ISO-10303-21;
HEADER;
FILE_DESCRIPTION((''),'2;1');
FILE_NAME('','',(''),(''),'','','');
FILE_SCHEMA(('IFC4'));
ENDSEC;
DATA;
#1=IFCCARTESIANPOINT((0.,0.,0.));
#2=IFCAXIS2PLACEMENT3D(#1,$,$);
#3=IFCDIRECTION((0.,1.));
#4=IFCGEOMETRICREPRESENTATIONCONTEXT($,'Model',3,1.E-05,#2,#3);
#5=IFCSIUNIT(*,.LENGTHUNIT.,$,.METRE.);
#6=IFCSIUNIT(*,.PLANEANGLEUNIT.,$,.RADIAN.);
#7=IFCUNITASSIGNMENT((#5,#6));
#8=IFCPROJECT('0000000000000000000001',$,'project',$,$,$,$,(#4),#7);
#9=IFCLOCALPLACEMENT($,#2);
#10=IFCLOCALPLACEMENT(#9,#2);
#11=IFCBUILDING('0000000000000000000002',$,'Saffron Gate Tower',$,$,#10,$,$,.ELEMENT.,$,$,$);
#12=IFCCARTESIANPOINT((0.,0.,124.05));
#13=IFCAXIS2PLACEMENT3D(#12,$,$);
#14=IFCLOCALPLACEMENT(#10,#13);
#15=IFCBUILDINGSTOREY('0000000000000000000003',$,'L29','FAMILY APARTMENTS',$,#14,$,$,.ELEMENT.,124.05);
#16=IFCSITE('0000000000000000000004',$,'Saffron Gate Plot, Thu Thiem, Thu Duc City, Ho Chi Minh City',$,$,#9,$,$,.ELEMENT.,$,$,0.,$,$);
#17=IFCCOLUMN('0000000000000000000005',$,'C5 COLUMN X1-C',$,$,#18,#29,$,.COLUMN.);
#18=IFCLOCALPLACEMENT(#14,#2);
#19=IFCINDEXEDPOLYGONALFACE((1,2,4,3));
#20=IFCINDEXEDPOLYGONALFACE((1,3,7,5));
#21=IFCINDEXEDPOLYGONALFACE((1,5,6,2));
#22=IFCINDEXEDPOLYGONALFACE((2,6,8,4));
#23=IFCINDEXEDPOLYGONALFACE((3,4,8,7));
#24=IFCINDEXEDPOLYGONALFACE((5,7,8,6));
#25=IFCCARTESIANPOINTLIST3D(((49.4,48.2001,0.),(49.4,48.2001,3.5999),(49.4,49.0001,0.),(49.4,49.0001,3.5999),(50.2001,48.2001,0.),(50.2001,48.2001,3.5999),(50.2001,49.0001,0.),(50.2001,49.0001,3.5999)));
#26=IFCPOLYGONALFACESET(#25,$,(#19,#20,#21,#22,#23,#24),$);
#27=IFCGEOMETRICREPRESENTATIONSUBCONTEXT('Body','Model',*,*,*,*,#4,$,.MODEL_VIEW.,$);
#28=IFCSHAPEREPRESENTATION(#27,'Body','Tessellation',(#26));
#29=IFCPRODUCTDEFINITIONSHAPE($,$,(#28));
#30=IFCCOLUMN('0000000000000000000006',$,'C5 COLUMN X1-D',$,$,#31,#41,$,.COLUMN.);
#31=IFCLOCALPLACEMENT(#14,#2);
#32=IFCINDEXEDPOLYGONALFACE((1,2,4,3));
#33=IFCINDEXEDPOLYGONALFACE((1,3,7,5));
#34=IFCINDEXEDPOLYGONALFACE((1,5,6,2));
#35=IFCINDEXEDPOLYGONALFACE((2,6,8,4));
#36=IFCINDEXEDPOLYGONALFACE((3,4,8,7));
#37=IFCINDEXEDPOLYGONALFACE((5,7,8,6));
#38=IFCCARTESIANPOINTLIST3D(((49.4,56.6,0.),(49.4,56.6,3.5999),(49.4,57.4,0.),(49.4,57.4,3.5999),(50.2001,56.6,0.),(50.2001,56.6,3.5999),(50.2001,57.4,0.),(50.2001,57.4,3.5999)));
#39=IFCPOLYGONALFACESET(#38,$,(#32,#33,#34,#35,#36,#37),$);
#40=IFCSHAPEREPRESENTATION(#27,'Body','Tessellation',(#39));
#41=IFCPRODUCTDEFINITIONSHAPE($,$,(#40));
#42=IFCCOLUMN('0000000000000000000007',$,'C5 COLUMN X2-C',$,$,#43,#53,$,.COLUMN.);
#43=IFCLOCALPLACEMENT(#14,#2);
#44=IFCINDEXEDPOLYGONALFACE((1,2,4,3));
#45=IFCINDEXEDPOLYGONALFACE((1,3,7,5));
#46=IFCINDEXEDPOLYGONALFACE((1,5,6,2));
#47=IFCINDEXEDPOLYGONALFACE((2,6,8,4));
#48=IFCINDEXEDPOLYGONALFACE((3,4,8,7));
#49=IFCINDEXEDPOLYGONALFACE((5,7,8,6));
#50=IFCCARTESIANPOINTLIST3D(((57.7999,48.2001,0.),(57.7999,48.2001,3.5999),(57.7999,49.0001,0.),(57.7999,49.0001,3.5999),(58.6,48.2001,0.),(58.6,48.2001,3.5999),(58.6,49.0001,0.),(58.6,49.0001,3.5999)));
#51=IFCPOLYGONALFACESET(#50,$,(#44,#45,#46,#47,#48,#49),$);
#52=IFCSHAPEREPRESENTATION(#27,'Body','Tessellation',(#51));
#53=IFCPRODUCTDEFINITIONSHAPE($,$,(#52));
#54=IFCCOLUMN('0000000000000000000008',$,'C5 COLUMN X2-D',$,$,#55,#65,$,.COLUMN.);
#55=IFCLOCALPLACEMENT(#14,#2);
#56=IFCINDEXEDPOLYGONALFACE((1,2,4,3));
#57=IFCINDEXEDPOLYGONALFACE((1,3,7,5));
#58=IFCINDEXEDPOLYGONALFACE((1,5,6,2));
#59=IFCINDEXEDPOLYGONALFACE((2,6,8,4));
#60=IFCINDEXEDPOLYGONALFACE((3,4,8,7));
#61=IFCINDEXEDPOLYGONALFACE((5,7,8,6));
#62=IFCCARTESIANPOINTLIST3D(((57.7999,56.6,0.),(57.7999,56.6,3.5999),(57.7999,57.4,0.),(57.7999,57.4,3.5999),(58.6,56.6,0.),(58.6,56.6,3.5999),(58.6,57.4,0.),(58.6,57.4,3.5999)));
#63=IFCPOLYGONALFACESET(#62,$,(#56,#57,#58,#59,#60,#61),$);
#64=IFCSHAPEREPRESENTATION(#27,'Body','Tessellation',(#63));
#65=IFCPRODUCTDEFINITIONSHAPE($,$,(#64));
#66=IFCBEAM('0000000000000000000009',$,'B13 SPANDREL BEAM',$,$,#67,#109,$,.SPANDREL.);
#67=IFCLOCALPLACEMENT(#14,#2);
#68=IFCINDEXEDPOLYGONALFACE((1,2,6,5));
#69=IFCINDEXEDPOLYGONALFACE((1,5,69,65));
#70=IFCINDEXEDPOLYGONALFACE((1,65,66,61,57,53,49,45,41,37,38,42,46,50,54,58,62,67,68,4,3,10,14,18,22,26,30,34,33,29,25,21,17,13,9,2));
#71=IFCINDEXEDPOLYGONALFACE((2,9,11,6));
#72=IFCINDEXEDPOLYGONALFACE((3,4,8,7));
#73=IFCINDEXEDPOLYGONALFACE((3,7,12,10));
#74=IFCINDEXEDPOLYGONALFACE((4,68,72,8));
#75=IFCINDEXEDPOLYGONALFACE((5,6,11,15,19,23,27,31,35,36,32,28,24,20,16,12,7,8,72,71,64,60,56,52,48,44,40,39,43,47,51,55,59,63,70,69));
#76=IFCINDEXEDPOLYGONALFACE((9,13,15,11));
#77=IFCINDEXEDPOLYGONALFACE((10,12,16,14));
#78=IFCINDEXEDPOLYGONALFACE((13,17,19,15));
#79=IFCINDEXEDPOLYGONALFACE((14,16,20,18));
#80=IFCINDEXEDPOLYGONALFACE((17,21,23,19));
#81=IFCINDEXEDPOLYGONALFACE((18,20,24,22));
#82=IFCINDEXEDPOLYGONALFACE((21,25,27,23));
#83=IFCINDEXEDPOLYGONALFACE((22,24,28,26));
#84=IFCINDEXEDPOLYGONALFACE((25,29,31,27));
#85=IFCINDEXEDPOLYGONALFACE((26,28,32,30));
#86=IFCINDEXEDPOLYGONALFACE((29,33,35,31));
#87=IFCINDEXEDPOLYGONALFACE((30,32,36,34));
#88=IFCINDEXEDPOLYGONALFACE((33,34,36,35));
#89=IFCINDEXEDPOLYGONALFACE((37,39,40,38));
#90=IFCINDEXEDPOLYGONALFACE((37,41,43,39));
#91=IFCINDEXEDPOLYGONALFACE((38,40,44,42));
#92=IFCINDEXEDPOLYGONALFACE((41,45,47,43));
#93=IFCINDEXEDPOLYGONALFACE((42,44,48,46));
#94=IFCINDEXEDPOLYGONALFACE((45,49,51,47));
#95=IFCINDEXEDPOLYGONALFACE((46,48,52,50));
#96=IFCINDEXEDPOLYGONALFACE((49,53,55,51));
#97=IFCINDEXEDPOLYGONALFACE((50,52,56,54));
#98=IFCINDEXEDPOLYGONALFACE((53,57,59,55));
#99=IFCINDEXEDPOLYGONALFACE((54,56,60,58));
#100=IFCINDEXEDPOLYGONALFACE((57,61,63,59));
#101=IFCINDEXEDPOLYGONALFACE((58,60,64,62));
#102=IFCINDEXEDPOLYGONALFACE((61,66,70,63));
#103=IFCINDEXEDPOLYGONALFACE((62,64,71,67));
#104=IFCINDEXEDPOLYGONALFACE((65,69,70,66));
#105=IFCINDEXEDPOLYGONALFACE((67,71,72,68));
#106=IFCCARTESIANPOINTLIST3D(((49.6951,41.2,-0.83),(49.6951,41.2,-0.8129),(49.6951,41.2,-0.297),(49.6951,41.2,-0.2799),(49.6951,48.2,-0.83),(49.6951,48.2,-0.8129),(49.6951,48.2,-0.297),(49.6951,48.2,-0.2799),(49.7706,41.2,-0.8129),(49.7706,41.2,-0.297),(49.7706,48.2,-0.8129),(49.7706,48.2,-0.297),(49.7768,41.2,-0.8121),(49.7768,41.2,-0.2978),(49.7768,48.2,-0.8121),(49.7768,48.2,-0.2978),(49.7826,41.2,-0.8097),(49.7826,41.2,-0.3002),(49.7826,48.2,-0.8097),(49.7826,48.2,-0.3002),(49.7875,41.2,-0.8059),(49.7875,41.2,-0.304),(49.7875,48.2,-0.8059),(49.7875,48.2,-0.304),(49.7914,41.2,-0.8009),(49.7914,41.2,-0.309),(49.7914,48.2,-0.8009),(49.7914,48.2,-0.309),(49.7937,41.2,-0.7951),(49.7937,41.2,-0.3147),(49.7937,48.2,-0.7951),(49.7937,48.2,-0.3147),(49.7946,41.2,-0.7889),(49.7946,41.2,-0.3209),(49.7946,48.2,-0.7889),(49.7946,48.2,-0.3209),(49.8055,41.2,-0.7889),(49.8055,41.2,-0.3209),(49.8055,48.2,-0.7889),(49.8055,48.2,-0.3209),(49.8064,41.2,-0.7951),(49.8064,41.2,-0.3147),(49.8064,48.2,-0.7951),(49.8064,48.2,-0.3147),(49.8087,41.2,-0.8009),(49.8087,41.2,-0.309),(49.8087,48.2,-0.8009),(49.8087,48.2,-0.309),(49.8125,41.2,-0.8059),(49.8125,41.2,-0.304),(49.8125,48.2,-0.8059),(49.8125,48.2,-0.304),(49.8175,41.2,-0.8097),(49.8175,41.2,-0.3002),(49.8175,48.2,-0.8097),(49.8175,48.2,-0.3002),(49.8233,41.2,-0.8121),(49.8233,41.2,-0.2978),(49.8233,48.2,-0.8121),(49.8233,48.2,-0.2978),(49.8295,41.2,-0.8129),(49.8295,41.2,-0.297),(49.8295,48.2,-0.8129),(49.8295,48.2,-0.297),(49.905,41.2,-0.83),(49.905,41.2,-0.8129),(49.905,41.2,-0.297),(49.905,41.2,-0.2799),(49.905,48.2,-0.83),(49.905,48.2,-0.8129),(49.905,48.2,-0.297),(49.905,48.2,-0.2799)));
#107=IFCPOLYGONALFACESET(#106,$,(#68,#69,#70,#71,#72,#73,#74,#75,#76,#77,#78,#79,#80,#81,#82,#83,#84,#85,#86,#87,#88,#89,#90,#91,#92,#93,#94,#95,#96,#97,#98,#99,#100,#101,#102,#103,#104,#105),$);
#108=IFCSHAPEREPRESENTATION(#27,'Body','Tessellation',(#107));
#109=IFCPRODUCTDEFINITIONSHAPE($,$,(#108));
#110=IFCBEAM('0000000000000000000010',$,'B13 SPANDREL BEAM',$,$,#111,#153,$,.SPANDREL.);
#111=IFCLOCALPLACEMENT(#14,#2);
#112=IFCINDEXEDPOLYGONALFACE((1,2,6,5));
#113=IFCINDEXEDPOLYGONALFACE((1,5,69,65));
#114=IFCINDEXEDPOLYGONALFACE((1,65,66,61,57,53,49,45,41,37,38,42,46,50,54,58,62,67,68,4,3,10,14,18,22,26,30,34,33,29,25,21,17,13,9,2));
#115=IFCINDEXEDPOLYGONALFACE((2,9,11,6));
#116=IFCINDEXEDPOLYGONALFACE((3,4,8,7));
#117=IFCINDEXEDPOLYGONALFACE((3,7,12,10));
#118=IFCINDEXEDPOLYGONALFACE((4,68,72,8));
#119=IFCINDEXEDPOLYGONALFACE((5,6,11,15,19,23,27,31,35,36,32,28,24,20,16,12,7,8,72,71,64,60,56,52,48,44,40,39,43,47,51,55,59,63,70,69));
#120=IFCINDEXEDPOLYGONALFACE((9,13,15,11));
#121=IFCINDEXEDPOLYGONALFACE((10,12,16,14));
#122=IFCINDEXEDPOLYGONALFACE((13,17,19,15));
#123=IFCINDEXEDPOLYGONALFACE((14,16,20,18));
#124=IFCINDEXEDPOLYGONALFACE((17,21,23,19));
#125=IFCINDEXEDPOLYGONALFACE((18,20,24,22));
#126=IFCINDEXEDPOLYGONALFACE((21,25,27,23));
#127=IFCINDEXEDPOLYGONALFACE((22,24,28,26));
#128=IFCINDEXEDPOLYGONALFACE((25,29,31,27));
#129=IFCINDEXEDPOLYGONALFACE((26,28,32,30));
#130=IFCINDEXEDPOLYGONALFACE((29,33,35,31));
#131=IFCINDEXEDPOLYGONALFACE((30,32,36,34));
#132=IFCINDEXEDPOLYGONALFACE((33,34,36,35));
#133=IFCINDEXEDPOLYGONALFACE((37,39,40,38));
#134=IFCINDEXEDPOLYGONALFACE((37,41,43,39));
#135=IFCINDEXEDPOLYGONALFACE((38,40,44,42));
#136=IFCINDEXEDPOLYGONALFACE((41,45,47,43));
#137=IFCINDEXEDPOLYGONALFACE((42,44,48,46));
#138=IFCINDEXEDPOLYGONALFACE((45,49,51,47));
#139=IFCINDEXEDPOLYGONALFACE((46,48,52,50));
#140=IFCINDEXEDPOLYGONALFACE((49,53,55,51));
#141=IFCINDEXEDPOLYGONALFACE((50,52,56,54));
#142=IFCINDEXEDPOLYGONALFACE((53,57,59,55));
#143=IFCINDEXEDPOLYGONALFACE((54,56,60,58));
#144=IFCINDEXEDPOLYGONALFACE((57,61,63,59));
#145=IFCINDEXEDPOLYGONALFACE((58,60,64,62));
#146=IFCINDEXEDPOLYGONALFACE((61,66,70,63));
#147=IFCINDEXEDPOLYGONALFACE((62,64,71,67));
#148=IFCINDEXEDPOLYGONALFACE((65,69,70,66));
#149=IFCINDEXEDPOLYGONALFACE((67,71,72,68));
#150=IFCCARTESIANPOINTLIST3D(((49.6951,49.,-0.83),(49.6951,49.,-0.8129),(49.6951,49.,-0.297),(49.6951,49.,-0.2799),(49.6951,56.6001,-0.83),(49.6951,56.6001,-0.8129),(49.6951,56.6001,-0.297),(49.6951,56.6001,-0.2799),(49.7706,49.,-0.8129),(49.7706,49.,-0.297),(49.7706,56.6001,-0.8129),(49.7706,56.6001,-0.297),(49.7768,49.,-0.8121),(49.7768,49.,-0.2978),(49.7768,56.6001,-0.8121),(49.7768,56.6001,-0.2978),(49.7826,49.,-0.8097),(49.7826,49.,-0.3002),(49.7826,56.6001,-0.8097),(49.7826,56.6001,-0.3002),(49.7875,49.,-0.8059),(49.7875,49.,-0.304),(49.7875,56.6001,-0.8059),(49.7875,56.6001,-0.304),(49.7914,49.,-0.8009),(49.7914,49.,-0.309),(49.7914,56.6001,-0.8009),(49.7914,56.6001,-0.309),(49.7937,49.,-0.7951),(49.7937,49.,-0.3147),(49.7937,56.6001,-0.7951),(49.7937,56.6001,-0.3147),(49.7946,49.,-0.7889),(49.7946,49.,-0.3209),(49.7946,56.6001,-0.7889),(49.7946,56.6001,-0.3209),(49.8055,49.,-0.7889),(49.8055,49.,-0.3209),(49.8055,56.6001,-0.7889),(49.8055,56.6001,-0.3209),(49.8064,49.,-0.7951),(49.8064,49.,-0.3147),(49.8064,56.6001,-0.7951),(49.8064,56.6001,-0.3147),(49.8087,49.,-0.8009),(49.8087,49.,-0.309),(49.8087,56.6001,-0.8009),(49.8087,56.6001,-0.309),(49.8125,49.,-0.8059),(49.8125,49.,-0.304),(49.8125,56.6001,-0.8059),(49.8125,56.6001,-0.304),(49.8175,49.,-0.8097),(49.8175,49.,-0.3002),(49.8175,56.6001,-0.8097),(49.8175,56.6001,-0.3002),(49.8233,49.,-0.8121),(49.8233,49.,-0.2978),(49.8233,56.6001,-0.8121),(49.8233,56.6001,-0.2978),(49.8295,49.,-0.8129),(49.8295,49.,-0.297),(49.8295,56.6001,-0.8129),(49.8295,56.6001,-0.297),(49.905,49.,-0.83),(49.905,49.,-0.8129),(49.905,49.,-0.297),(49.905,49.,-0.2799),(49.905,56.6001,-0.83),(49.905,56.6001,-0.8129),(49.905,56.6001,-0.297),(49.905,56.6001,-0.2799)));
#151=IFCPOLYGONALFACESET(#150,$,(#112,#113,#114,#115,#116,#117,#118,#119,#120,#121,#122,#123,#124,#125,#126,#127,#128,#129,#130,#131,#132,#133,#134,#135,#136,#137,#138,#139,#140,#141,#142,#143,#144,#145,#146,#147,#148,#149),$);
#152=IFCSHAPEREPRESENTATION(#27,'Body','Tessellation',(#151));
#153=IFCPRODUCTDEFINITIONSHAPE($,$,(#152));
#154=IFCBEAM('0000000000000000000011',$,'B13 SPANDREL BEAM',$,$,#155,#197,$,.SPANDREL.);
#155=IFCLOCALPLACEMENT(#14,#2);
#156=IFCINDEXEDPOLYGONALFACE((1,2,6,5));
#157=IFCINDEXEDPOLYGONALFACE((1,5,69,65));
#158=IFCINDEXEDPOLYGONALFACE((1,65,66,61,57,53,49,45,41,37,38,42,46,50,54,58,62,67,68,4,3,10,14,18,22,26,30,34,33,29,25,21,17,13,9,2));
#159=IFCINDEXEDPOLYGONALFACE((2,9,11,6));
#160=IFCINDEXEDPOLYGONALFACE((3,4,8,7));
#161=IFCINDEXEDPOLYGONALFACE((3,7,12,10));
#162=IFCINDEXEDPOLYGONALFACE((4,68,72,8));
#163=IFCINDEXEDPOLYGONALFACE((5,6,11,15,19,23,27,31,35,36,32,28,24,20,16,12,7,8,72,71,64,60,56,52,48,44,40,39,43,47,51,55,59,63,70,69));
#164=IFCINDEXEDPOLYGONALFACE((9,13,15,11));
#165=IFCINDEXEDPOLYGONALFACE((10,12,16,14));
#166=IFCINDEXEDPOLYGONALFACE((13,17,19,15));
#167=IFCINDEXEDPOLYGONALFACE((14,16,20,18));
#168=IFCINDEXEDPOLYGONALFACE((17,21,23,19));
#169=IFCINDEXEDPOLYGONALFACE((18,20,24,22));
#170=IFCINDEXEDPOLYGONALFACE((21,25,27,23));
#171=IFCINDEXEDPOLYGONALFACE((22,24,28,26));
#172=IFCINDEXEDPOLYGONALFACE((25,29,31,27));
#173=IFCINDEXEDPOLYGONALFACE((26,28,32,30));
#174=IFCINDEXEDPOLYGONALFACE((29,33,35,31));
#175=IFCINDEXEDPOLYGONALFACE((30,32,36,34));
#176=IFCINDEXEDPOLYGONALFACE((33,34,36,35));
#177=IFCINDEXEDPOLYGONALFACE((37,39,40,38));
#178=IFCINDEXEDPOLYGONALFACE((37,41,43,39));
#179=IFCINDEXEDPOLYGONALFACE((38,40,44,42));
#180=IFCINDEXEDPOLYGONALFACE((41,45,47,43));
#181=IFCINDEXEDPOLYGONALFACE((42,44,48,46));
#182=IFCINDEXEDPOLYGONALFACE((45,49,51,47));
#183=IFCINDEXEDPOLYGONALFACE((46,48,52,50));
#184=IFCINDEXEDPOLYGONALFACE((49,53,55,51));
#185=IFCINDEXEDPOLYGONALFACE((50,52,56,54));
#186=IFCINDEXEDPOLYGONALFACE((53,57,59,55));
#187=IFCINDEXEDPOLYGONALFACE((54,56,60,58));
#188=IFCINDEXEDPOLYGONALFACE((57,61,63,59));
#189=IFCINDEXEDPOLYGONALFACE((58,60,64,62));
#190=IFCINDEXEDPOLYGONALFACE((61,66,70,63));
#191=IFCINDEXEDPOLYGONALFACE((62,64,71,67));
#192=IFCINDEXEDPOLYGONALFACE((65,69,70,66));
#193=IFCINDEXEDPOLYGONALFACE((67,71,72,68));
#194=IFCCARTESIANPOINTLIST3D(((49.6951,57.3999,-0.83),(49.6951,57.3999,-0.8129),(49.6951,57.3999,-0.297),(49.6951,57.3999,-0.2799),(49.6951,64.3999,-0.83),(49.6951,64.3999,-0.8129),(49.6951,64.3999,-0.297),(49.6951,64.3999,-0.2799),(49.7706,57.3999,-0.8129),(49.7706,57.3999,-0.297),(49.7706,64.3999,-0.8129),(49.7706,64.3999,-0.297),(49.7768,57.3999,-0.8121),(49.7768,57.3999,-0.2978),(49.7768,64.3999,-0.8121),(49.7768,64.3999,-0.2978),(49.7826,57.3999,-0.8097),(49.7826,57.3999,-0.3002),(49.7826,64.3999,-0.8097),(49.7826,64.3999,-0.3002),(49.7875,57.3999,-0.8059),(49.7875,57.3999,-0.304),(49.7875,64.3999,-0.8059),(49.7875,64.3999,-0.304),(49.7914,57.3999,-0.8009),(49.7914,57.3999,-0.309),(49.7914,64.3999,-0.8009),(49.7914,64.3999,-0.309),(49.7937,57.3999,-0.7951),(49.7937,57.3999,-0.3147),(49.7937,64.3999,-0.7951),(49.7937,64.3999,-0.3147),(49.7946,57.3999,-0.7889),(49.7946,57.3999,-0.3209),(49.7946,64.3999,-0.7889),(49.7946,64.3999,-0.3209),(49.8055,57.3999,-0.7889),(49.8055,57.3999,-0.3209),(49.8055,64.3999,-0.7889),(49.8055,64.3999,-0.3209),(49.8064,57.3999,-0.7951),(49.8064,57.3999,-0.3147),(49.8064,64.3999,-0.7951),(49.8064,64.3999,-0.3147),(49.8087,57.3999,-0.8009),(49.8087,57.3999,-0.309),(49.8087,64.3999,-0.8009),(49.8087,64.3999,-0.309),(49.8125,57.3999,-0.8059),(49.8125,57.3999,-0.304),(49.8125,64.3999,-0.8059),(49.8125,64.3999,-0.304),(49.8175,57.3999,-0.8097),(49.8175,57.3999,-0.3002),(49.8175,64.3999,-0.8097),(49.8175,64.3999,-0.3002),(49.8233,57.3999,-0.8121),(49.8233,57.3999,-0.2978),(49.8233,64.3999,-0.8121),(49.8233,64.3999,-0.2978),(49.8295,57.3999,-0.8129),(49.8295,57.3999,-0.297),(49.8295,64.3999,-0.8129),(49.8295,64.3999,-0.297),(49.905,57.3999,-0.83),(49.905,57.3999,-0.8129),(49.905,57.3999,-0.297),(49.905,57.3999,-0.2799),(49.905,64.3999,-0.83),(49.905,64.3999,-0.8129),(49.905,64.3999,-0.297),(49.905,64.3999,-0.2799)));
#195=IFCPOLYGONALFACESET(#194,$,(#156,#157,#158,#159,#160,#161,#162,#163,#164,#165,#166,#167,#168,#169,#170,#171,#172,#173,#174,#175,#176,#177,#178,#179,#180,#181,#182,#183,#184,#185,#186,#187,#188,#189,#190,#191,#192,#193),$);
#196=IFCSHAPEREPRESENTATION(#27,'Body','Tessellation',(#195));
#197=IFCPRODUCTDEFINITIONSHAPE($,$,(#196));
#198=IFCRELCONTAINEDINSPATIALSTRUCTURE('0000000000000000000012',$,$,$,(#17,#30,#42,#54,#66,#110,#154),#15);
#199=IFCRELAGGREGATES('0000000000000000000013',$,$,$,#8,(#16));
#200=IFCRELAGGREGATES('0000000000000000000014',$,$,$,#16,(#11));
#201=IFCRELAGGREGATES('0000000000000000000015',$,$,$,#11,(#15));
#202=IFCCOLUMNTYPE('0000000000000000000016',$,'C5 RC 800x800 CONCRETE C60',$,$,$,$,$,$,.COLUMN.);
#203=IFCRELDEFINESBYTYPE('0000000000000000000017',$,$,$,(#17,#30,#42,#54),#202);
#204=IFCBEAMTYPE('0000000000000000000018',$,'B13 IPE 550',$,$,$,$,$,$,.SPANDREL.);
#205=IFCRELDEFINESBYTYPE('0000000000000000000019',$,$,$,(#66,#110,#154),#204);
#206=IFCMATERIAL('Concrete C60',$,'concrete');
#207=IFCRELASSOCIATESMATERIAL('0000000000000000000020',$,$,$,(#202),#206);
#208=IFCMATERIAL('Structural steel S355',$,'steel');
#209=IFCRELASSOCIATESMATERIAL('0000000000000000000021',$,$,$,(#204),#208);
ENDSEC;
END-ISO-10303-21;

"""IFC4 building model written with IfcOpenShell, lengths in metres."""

from ifc_helpers import new_model, si_unit, direction, frame, origin, origin_2d, place, context, subcontext, project, spatial, rectangle, i_section, extrude, material, material_profile, profile_set, type_object, element, save


model = new_model("IFC4")

# Units and contexts
model_context = context("Model", 3, precision=1e-05, world=origin(), true_north=direction((0.0, 1.0)))
body_context = subcontext(model_context, "Body", "Model", "MODEL_VIEW")
ifc_project = project(units=[si_unit("LENGTHUNIT", "METRE"), si_unit("PLANEANGLEUNIT", "RADIAN")], contexts=[model_context])

# Site, building, storey
site_placement = place(None, origin())
site = spatial("IfcSite", under=ifc_project, at=site_placement, Name="Saffron Gate Plot, Thu Thiem, Thu Duc City, Ho Chi Minh City", CompositionType="ELEMENT", RefElevation=0.0)
building_placement = place(site_placement, origin())
building = spatial("IfcBuilding", under=site, at=building_placement, Name="Saffron Gate Tower", CompositionType="ELEMENT")
storey_placement = place(building_placement, frame((0.0, 0.0, 124.05)))
storey = spatial("IfcBuildingStorey", under=building, at=storey_placement, Name="L29", Description="FAMILY APARTMENTS", CompositionType="ELEMENT", Elevation=124.05)

# Columns
ifc_material_1 = material(Name="Concrete C60", Category="concrete")
ifc_material_profile_1 = material_profile(ifc_material_1, rectangle(XDim=0.8, YDim=0.8, at=origin_2d()))
ifc_profile_set_1 = profile_set([ifc_material_profile_1], Name="Concrete C60")
column_type = type_object("IfcColumnType", Name="C5 RC 800x800 CONCRETE C60", PredefinedType="COLUMN", material=ifc_profile_set_1)
for number, where, z_axis, x_axis, name in (
    (1, (49.8, 48.6001, 0.0), (0.0, 0.0, 1.0), (1.0, 0.0, 0.0), "C5 COLUMN X1-C"),
    (2, (49.8, 57.0, 0.0), (0.0, 0.0, 1.0), (1.0, 0.0, 0.0), "C5 COLUMN X1-D"),
    (3, (58.2, 48.6001, 0.0), (0.0, 0.0, 1.0), (1.0, 0.0, 0.0), "C5 COLUMN X2-C"),
    (4, (58.2, 57.0, 0.0), (0.0, 0.0, 1.0), (1.0, 0.0, 0.0), "C5 COLUMN X2-D"),
):
    element("IfcColumn", number, at=place(storey_placement, frame(where, z_axis=z_axis, x_axis=x_axis)), inside=storey, type_object=column_type, Name=name, PredefinedType="COLUMN", context=body_context, shape_type="SweptSolid", body=[
        extrude(rectangle(XDim=0.8, YDim=0.8, at=origin_2d()), origin(), (0.0, 0.0, 1.0), 3.5999),
    ])

# Beams
ifc_material_2 = material(Name="Structural steel S355", Category="steel")
ifc_material_profile_2 = material_profile(ifc_material_2, i_section(OverallWidth=0.21, OverallDepth=0.55, WebThickness=0.011, FlangeThickness=0.0171, FilletRadius=0.0239, at=origin_2d()))
ifc_profile_set_2 = profile_set([ifc_material_profile_2], Name="Structural steel S355")
beam_type = type_object("IfcBeamType", Name="B13 IPE 550", PredefinedType="SPANDREL", material=ifc_profile_set_2)
beam_1_placement = place(storey_placement, frame((49.8, 41.2, -0.5549), z_axis=(0.0, 1.0, 0.0), x_axis=(-1.0, 0.0, 0.0)))
element("IfcBeam", 5, at=beam_1_placement, inside=storey, type_object=beam_type, Name="B13 SPANDREL BEAM", PredefinedType="SPANDREL", context=body_context, shape_type="SweptSolid", body=[
    extrude(i_section(OverallWidth=0.21, OverallDepth=0.55, WebThickness=0.011, FlangeThickness=0.0171, FilletRadius=0.0239, at=origin_2d()), origin(), (0.0, 0.0, 1.0), 7.0),
])
beam_2_placement = place(storey_placement, frame((49.8, 49.0, -0.5549), z_axis=(0.0, 1.0, 0.0), x_axis=(-1.0, 0.0, 0.0)))
element("IfcBeam", 6, at=beam_2_placement, inside=storey, type_object=beam_type, Name="B13 SPANDREL BEAM", PredefinedType="SPANDREL", context=body_context, shape_type="SweptSolid", body=[
    extrude(i_section(OverallWidth=0.21, OverallDepth=0.55, WebThickness=0.011, FlangeThickness=0.0171, FilletRadius=0.0239, at=origin_2d()), origin(), (0.0, 0.0, 1.0), 7.6001),
])
beam_3_placement = place(storey_placement, frame((49.8, 57.3999, -0.5549), z_axis=(0.0, 1.0, 0.0), x_axis=(-1.0, 0.0, 0.0)))
element("IfcBeam", 7, at=beam_3_placement, inside=storey, type_object=beam_type, Name="B13 SPANDREL BEAM", PredefinedType="SPANDREL", context=body_context, shape_type="SweptSolid", body=[
    extrude(i_section(OverallWidth=0.21, OverallDepth=0.55, WebThickness=0.011, FlangeThickness=0.0171, FilletRadius=0.0239, at=origin_2d()), origin(), (0.0, 0.0, 1.0), 7.0),
])

save(model, "model.ifc")
